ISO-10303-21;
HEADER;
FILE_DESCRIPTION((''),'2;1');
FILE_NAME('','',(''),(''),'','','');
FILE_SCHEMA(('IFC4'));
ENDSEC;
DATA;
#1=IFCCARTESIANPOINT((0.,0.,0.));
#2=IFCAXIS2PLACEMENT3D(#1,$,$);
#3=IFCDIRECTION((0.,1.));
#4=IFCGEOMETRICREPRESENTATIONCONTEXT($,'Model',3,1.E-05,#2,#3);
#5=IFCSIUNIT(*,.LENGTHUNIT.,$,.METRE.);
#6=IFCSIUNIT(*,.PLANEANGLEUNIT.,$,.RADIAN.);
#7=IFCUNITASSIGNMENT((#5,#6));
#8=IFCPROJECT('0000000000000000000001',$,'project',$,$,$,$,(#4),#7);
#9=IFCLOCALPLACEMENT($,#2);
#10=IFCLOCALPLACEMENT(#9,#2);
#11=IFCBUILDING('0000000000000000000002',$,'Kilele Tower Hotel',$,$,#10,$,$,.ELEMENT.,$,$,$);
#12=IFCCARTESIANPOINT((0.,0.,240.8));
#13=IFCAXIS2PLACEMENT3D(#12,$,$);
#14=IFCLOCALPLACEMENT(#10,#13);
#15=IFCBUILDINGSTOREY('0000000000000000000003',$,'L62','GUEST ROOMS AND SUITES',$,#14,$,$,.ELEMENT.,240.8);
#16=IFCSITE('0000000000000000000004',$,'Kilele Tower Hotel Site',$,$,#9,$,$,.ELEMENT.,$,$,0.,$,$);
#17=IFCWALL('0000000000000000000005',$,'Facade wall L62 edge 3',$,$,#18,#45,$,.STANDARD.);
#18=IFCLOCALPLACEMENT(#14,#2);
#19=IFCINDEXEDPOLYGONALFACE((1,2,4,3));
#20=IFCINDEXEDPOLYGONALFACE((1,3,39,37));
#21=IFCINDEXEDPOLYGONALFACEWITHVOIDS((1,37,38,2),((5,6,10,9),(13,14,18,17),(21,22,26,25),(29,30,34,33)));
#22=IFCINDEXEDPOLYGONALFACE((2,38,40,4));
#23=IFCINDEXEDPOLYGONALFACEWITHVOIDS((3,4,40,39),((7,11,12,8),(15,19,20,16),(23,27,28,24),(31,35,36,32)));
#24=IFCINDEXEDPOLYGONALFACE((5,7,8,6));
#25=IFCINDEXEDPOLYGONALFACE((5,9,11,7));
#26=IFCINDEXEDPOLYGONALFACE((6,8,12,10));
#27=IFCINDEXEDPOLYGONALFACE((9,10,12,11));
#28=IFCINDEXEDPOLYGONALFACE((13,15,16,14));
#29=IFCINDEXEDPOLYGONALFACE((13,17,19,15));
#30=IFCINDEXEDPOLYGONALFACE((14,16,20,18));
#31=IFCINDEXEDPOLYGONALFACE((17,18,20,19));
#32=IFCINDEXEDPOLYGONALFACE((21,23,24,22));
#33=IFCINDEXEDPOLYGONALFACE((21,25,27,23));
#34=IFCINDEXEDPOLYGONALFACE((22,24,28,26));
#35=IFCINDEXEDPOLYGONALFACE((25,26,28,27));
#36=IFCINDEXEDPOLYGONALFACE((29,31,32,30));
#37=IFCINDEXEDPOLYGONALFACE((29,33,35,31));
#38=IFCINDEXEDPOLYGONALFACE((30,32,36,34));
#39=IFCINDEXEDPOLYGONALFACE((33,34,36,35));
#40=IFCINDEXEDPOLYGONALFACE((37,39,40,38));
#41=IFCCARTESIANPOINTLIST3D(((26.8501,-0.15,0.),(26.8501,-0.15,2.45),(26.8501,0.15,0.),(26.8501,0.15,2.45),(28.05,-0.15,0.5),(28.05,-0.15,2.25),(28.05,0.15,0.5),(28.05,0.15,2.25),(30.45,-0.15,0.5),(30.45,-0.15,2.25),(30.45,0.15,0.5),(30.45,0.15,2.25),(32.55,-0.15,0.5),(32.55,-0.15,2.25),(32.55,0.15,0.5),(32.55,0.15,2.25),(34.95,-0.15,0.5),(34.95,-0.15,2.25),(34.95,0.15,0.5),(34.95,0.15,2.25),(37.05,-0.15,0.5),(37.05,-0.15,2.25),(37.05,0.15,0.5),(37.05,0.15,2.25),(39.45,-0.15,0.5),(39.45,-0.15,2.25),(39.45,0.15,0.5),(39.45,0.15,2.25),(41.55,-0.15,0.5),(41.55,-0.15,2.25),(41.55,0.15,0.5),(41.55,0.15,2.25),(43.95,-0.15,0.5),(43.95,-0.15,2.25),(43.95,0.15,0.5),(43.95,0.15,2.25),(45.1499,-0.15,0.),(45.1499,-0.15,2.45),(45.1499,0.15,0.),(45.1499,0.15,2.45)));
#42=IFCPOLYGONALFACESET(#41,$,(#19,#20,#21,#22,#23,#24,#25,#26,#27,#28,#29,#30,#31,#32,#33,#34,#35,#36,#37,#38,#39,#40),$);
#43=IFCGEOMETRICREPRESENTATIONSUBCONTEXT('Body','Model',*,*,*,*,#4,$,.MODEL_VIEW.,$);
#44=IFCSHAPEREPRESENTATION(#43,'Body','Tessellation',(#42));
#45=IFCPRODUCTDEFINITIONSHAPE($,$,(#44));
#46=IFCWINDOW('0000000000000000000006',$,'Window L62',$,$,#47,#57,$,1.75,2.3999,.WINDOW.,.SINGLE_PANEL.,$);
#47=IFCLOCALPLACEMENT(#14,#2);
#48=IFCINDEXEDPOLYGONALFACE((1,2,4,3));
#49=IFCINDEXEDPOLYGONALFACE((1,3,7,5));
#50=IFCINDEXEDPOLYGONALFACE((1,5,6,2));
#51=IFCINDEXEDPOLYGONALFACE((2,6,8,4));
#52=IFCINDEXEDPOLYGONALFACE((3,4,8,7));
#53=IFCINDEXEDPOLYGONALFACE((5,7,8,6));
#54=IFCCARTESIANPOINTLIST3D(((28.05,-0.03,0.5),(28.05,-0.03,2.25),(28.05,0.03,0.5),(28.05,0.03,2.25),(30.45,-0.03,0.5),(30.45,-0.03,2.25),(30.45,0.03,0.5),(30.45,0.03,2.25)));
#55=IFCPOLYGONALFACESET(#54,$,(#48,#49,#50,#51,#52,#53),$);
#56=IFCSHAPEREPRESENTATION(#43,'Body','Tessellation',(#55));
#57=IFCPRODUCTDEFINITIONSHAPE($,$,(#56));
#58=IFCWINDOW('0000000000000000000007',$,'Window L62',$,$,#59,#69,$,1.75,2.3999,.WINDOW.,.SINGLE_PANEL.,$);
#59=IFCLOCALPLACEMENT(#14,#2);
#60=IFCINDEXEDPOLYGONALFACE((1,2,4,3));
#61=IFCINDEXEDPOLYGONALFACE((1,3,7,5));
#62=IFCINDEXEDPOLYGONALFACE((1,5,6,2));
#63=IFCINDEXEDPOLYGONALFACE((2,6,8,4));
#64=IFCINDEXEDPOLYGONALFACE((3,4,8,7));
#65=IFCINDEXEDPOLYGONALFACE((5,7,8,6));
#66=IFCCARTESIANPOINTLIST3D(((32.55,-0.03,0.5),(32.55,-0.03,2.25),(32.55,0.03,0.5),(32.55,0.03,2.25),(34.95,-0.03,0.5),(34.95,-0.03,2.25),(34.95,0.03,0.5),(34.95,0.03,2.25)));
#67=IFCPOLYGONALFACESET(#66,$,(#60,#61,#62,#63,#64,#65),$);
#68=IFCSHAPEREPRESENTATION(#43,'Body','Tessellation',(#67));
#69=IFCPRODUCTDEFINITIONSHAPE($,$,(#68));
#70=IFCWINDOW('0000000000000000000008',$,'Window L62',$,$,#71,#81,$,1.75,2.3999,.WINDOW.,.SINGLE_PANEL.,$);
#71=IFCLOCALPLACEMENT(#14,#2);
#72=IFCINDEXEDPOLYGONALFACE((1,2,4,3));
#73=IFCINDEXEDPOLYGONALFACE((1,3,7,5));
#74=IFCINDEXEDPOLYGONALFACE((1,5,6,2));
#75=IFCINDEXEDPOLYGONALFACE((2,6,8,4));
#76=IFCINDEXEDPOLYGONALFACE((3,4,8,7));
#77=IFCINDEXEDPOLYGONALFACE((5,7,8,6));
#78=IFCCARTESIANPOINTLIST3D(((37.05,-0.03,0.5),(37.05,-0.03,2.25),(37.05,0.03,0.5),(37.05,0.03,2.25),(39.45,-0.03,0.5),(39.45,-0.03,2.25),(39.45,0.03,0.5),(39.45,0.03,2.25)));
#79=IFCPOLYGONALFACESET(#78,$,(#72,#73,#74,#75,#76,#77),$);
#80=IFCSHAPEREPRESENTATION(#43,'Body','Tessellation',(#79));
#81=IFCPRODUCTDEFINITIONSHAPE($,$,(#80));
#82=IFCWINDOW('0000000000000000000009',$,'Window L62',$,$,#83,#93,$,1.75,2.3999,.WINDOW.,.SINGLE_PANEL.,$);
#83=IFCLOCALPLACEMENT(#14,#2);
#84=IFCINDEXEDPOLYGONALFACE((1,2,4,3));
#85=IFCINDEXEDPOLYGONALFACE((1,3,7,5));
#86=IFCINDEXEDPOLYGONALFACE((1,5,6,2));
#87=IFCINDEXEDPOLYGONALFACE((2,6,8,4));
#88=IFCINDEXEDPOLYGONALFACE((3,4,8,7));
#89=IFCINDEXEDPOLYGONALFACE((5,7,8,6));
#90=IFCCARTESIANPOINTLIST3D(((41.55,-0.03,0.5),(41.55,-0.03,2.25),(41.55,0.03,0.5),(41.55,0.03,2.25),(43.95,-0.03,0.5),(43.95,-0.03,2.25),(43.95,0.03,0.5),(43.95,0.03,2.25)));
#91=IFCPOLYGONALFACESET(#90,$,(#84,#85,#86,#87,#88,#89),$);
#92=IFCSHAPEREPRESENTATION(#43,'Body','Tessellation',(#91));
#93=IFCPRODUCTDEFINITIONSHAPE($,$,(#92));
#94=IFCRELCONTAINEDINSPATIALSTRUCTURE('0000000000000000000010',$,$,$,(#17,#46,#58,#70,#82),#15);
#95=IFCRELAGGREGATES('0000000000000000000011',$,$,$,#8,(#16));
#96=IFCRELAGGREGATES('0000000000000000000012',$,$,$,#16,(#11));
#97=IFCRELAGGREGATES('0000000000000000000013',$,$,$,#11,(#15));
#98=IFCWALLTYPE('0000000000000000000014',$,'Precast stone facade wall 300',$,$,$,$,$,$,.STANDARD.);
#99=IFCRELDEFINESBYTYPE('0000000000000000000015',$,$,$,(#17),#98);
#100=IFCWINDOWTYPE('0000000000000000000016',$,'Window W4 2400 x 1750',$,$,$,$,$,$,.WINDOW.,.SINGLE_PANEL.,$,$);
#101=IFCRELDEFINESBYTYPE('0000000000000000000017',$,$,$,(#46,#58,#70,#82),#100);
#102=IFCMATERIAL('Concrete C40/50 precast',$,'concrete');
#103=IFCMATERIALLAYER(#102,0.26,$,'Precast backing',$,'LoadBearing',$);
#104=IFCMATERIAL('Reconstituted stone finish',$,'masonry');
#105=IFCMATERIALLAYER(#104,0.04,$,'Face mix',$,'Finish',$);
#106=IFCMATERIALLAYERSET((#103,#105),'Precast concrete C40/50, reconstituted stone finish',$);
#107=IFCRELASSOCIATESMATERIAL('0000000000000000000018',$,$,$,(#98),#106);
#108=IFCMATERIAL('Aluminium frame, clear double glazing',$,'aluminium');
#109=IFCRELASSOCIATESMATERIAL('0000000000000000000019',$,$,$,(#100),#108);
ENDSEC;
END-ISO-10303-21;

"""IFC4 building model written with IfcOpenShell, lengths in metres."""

from ifc_helpers import new_model, si_unit, direction, frame, frame_2d, origin, place, context, subcontext, project, spatial, rectangle, extrude, material, layer, layer_set, type_object, element, fill, save


model = new_model("IFC4")

# Units and contexts
model_context = context("Model", 3, precision=1e-05, world=origin(), true_north=direction((0.0, 1.0)))
body_context = subcontext(model_context, "Body", "Model", "MODEL_VIEW")
ifc_project = project(units=[si_unit("LENGTHUNIT", "METRE"), si_unit("PLANEANGLEUNIT", "RADIAN")], contexts=[model_context])

# Site, building, storey
site_placement = place(None, origin())
site = spatial("IfcSite", under=ifc_project, at=site_placement, Name="Kilele Tower Hotel Site", CompositionType="ELEMENT", RefElevation=0.0)
building_placement = place(site_placement, origin())
building = spatial("IfcBuilding", under=site, at=building_placement, Name="Kilele Tower Hotel", CompositionType="ELEMENT")
storey_placement = place(building_placement, frame((0.0, 0.0, 240.8)))
storey = spatial("IfcBuildingStorey", under=building, at=storey_placement, Name="L62", Description="GUEST ROOMS AND SUITES", CompositionType="ELEMENT", Elevation=240.8)

# Wall, openings, windows
ifc_material_1 = material(Name="Concrete C40/50 precast", Category="concrete")
ifc_layer_1 = layer(ifc_material_1, 0.26, Name="Precast backing", Category="LoadBearing")
ifc_material_2 = material(Name="Reconstituted stone finish", Category="masonry")
ifc_layer_2 = layer(ifc_material_2, 0.04, Name="Face mix", Category="Finish")
ifc_layer_set_1 = layer_set([ifc_layer_1, ifc_layer_2], Name="Precast concrete C40/50, reconstituted stone finish")
wall_type_1 = type_object("IfcWallType", Name="Precast stone facade wall 300", PredefinedType="STANDARD", material=ifc_layer_set_1)
wall_1_placement = place(storey_placement, frame((26.8501, 0.0, 0.0), z_axis=(0.0, 0.0, 1.0), x_axis=(1.0, 0.0, 0.0)))
wall_1 = element("IfcWall", 1, at=wall_1_placement, inside=storey, type_object=wall_type_1, Name="Facade wall L62 edge 3", PredefinedType="STANDARD", context=body_context, shape_type="SweptSolid", body=[
    extrude(rectangle(XDim=18.2998, YDim=0.3, at=frame_2d((9.1499, 0.0))), origin(), (0.0, 0.0, 1.0), 2.45),
])
opening_1_placement = place(wall_1_placement, frame((1.2, 0.0, 0.5)))
opening_1 = element("IfcOpeningElement", 2, at=opening_1_placement, cuts=wall_1, PredefinedType="OPENING", context=body_context, shape_type="SweptSolid", body=[
    extrude(rectangle(XDim=2.3999, YDim=1.75, at=frame_2d((1.2, 0.875))), frame((0.0, 0.1599, 0.0), z_axis=(0.0, -1.0, 0.0), x_axis=(1.0, 0.0, 0.0)), (0.0, 0.0, 1.0), 0.3201),
])
opening_2_placement = place(wall_1_placement, frame((5.7, 0.0, 0.5)))
opening_2 = element("IfcOpeningElement", 3, at=opening_2_placement, cuts=wall_1, PredefinedType="OPENING", context=body_context, shape_type="SweptSolid", body=[
    extrude(rectangle(XDim=2.3999, YDim=1.75, at=frame_2d((1.2, 0.875))), frame((0.0, 0.1599, 0.0), z_axis=(0.0, -1.0, 0.0), x_axis=(1.0, 0.0, 0.0)), (0.0, 0.0, 1.0), 0.3201),
])
opening_3_placement = place(wall_1_placement, frame((10.2, 0.0, 0.5)))
opening_3 = element("IfcOpeningElement", 4, at=opening_3_placement, cuts=wall_1, PredefinedType="OPENING", context=body_context, shape_type="SweptSolid", body=[
    extrude(rectangle(XDim=2.3999, YDim=1.75, at=frame_2d((1.2, 0.875))), frame((0.0, 0.1599, 0.0), z_axis=(0.0, -1.0, 0.0), x_axis=(1.0, 0.0, 0.0)), (0.0, 0.0, 1.0), 0.3201),
])
opening_4_placement = place(wall_1_placement, frame((14.7, 0.0, 0.5)))
opening_4 = element("IfcOpeningElement", 5, at=opening_4_placement, cuts=wall_1, PredefinedType="OPENING", context=body_context, shape_type="SweptSolid", body=[
    extrude(rectangle(XDim=2.3999, YDim=1.75, at=frame_2d((1.2, 0.875))), frame((0.0, 0.1599, 0.0), z_axis=(0.0, -1.0, 0.0), x_axis=(1.0, 0.0, 0.0)), (0.0, 0.0, 1.0), 0.3201),
])
ifc_material_3 = material(Name="Aluminium frame, clear double glazing", Category="aluminium")
window_type = type_object("IfcWindowType", Name="Window W4 2400 x 1750", PartitioningType="SINGLE_PANEL", PredefinedType="WINDOW", material=ifc_material_3)
window_1_placement = place(opening_1_placement, origin())
window_1 = element("IfcWindow", 6, at=window_1_placement, inside=storey, type_object=window_type, Name="Window L62", OverallHeight=1.75, OverallWidth=2.3999, PartitioningType="SINGLE_PANEL", PredefinedType="WINDOW", context=body_context, shape_type="SweptSolid", body=[
    extrude(rectangle(XDim=2.3999, YDim=1.75, at=frame_2d((1.2, 0.875))), frame((0.0, 0.03, 0.0), z_axis=(0.0, -1.0, 0.0), x_axis=(1.0, 0.0, 0.0)), (0.0, 0.0, 1.0), 0.0601),
])
fill(opening_1, window_1)
window_2_placement = place(opening_2_placement, origin())
window_2 = element("IfcWindow", 7, at=window_2_placement, inside=storey, type_object=window_type, Name="Window L62", OverallHeight=1.75, OverallWidth=2.3999, PartitioningType="SINGLE_PANEL", PredefinedType="WINDOW", context=body_context, shape_type="SweptSolid", body=[
    extrude(rectangle(XDim=2.3999, YDim=1.75, at=frame_2d((1.2, 0.875))), frame((0.0, 0.03, 0.0), z_axis=(0.0, -1.0, 0.0), x_axis=(1.0, 0.0, 0.0)), (0.0, 0.0, 1.0), 0.0601),
])
fill(opening_2, window_2)
window_3_placement = place(opening_3_placement, origin())
window_3 = element("IfcWindow", 8, at=window_3_placement, inside=storey, type_object=window_type, Name="Window L62", OverallHeight=1.75, OverallWidth=2.3999, PartitioningType="SINGLE_PANEL", PredefinedType="WINDOW", context=body_context, shape_type="SweptSolid", body=[
    extrude(rectangle(XDim=2.3999, YDim=1.75, at=frame_2d((1.2, 0.875))), frame((0.0, 0.03, 0.0), z_axis=(0.0, -1.0, 0.0), x_axis=(1.0, 0.0, 0.0)), (0.0, 0.0, 1.0), 0.0601),
])
fill(opening_3, window_3)
window_4_placement = place(opening_4_placement, origin())
window_4 = element("IfcWindow", 9, at=window_4_placement, inside=storey, type_object=window_type, Name="Window L62", OverallHeight=1.75, OverallWidth=2.3999, PartitioningType="SINGLE_PANEL", PredefinedType="WINDOW", context=body_context, shape_type="SweptSolid", body=[
    extrude(rectangle(XDim=2.3999, YDim=1.75, at=frame_2d((1.2, 0.875))), frame((0.0, 0.03, 0.0), z_axis=(0.0, -1.0, 0.0), x_axis=(1.0, 0.0, 0.0)), (0.0, 0.0, 1.0), 0.0601),
])
fill(opening_4, window_4)

save(model, "model.ifc")
